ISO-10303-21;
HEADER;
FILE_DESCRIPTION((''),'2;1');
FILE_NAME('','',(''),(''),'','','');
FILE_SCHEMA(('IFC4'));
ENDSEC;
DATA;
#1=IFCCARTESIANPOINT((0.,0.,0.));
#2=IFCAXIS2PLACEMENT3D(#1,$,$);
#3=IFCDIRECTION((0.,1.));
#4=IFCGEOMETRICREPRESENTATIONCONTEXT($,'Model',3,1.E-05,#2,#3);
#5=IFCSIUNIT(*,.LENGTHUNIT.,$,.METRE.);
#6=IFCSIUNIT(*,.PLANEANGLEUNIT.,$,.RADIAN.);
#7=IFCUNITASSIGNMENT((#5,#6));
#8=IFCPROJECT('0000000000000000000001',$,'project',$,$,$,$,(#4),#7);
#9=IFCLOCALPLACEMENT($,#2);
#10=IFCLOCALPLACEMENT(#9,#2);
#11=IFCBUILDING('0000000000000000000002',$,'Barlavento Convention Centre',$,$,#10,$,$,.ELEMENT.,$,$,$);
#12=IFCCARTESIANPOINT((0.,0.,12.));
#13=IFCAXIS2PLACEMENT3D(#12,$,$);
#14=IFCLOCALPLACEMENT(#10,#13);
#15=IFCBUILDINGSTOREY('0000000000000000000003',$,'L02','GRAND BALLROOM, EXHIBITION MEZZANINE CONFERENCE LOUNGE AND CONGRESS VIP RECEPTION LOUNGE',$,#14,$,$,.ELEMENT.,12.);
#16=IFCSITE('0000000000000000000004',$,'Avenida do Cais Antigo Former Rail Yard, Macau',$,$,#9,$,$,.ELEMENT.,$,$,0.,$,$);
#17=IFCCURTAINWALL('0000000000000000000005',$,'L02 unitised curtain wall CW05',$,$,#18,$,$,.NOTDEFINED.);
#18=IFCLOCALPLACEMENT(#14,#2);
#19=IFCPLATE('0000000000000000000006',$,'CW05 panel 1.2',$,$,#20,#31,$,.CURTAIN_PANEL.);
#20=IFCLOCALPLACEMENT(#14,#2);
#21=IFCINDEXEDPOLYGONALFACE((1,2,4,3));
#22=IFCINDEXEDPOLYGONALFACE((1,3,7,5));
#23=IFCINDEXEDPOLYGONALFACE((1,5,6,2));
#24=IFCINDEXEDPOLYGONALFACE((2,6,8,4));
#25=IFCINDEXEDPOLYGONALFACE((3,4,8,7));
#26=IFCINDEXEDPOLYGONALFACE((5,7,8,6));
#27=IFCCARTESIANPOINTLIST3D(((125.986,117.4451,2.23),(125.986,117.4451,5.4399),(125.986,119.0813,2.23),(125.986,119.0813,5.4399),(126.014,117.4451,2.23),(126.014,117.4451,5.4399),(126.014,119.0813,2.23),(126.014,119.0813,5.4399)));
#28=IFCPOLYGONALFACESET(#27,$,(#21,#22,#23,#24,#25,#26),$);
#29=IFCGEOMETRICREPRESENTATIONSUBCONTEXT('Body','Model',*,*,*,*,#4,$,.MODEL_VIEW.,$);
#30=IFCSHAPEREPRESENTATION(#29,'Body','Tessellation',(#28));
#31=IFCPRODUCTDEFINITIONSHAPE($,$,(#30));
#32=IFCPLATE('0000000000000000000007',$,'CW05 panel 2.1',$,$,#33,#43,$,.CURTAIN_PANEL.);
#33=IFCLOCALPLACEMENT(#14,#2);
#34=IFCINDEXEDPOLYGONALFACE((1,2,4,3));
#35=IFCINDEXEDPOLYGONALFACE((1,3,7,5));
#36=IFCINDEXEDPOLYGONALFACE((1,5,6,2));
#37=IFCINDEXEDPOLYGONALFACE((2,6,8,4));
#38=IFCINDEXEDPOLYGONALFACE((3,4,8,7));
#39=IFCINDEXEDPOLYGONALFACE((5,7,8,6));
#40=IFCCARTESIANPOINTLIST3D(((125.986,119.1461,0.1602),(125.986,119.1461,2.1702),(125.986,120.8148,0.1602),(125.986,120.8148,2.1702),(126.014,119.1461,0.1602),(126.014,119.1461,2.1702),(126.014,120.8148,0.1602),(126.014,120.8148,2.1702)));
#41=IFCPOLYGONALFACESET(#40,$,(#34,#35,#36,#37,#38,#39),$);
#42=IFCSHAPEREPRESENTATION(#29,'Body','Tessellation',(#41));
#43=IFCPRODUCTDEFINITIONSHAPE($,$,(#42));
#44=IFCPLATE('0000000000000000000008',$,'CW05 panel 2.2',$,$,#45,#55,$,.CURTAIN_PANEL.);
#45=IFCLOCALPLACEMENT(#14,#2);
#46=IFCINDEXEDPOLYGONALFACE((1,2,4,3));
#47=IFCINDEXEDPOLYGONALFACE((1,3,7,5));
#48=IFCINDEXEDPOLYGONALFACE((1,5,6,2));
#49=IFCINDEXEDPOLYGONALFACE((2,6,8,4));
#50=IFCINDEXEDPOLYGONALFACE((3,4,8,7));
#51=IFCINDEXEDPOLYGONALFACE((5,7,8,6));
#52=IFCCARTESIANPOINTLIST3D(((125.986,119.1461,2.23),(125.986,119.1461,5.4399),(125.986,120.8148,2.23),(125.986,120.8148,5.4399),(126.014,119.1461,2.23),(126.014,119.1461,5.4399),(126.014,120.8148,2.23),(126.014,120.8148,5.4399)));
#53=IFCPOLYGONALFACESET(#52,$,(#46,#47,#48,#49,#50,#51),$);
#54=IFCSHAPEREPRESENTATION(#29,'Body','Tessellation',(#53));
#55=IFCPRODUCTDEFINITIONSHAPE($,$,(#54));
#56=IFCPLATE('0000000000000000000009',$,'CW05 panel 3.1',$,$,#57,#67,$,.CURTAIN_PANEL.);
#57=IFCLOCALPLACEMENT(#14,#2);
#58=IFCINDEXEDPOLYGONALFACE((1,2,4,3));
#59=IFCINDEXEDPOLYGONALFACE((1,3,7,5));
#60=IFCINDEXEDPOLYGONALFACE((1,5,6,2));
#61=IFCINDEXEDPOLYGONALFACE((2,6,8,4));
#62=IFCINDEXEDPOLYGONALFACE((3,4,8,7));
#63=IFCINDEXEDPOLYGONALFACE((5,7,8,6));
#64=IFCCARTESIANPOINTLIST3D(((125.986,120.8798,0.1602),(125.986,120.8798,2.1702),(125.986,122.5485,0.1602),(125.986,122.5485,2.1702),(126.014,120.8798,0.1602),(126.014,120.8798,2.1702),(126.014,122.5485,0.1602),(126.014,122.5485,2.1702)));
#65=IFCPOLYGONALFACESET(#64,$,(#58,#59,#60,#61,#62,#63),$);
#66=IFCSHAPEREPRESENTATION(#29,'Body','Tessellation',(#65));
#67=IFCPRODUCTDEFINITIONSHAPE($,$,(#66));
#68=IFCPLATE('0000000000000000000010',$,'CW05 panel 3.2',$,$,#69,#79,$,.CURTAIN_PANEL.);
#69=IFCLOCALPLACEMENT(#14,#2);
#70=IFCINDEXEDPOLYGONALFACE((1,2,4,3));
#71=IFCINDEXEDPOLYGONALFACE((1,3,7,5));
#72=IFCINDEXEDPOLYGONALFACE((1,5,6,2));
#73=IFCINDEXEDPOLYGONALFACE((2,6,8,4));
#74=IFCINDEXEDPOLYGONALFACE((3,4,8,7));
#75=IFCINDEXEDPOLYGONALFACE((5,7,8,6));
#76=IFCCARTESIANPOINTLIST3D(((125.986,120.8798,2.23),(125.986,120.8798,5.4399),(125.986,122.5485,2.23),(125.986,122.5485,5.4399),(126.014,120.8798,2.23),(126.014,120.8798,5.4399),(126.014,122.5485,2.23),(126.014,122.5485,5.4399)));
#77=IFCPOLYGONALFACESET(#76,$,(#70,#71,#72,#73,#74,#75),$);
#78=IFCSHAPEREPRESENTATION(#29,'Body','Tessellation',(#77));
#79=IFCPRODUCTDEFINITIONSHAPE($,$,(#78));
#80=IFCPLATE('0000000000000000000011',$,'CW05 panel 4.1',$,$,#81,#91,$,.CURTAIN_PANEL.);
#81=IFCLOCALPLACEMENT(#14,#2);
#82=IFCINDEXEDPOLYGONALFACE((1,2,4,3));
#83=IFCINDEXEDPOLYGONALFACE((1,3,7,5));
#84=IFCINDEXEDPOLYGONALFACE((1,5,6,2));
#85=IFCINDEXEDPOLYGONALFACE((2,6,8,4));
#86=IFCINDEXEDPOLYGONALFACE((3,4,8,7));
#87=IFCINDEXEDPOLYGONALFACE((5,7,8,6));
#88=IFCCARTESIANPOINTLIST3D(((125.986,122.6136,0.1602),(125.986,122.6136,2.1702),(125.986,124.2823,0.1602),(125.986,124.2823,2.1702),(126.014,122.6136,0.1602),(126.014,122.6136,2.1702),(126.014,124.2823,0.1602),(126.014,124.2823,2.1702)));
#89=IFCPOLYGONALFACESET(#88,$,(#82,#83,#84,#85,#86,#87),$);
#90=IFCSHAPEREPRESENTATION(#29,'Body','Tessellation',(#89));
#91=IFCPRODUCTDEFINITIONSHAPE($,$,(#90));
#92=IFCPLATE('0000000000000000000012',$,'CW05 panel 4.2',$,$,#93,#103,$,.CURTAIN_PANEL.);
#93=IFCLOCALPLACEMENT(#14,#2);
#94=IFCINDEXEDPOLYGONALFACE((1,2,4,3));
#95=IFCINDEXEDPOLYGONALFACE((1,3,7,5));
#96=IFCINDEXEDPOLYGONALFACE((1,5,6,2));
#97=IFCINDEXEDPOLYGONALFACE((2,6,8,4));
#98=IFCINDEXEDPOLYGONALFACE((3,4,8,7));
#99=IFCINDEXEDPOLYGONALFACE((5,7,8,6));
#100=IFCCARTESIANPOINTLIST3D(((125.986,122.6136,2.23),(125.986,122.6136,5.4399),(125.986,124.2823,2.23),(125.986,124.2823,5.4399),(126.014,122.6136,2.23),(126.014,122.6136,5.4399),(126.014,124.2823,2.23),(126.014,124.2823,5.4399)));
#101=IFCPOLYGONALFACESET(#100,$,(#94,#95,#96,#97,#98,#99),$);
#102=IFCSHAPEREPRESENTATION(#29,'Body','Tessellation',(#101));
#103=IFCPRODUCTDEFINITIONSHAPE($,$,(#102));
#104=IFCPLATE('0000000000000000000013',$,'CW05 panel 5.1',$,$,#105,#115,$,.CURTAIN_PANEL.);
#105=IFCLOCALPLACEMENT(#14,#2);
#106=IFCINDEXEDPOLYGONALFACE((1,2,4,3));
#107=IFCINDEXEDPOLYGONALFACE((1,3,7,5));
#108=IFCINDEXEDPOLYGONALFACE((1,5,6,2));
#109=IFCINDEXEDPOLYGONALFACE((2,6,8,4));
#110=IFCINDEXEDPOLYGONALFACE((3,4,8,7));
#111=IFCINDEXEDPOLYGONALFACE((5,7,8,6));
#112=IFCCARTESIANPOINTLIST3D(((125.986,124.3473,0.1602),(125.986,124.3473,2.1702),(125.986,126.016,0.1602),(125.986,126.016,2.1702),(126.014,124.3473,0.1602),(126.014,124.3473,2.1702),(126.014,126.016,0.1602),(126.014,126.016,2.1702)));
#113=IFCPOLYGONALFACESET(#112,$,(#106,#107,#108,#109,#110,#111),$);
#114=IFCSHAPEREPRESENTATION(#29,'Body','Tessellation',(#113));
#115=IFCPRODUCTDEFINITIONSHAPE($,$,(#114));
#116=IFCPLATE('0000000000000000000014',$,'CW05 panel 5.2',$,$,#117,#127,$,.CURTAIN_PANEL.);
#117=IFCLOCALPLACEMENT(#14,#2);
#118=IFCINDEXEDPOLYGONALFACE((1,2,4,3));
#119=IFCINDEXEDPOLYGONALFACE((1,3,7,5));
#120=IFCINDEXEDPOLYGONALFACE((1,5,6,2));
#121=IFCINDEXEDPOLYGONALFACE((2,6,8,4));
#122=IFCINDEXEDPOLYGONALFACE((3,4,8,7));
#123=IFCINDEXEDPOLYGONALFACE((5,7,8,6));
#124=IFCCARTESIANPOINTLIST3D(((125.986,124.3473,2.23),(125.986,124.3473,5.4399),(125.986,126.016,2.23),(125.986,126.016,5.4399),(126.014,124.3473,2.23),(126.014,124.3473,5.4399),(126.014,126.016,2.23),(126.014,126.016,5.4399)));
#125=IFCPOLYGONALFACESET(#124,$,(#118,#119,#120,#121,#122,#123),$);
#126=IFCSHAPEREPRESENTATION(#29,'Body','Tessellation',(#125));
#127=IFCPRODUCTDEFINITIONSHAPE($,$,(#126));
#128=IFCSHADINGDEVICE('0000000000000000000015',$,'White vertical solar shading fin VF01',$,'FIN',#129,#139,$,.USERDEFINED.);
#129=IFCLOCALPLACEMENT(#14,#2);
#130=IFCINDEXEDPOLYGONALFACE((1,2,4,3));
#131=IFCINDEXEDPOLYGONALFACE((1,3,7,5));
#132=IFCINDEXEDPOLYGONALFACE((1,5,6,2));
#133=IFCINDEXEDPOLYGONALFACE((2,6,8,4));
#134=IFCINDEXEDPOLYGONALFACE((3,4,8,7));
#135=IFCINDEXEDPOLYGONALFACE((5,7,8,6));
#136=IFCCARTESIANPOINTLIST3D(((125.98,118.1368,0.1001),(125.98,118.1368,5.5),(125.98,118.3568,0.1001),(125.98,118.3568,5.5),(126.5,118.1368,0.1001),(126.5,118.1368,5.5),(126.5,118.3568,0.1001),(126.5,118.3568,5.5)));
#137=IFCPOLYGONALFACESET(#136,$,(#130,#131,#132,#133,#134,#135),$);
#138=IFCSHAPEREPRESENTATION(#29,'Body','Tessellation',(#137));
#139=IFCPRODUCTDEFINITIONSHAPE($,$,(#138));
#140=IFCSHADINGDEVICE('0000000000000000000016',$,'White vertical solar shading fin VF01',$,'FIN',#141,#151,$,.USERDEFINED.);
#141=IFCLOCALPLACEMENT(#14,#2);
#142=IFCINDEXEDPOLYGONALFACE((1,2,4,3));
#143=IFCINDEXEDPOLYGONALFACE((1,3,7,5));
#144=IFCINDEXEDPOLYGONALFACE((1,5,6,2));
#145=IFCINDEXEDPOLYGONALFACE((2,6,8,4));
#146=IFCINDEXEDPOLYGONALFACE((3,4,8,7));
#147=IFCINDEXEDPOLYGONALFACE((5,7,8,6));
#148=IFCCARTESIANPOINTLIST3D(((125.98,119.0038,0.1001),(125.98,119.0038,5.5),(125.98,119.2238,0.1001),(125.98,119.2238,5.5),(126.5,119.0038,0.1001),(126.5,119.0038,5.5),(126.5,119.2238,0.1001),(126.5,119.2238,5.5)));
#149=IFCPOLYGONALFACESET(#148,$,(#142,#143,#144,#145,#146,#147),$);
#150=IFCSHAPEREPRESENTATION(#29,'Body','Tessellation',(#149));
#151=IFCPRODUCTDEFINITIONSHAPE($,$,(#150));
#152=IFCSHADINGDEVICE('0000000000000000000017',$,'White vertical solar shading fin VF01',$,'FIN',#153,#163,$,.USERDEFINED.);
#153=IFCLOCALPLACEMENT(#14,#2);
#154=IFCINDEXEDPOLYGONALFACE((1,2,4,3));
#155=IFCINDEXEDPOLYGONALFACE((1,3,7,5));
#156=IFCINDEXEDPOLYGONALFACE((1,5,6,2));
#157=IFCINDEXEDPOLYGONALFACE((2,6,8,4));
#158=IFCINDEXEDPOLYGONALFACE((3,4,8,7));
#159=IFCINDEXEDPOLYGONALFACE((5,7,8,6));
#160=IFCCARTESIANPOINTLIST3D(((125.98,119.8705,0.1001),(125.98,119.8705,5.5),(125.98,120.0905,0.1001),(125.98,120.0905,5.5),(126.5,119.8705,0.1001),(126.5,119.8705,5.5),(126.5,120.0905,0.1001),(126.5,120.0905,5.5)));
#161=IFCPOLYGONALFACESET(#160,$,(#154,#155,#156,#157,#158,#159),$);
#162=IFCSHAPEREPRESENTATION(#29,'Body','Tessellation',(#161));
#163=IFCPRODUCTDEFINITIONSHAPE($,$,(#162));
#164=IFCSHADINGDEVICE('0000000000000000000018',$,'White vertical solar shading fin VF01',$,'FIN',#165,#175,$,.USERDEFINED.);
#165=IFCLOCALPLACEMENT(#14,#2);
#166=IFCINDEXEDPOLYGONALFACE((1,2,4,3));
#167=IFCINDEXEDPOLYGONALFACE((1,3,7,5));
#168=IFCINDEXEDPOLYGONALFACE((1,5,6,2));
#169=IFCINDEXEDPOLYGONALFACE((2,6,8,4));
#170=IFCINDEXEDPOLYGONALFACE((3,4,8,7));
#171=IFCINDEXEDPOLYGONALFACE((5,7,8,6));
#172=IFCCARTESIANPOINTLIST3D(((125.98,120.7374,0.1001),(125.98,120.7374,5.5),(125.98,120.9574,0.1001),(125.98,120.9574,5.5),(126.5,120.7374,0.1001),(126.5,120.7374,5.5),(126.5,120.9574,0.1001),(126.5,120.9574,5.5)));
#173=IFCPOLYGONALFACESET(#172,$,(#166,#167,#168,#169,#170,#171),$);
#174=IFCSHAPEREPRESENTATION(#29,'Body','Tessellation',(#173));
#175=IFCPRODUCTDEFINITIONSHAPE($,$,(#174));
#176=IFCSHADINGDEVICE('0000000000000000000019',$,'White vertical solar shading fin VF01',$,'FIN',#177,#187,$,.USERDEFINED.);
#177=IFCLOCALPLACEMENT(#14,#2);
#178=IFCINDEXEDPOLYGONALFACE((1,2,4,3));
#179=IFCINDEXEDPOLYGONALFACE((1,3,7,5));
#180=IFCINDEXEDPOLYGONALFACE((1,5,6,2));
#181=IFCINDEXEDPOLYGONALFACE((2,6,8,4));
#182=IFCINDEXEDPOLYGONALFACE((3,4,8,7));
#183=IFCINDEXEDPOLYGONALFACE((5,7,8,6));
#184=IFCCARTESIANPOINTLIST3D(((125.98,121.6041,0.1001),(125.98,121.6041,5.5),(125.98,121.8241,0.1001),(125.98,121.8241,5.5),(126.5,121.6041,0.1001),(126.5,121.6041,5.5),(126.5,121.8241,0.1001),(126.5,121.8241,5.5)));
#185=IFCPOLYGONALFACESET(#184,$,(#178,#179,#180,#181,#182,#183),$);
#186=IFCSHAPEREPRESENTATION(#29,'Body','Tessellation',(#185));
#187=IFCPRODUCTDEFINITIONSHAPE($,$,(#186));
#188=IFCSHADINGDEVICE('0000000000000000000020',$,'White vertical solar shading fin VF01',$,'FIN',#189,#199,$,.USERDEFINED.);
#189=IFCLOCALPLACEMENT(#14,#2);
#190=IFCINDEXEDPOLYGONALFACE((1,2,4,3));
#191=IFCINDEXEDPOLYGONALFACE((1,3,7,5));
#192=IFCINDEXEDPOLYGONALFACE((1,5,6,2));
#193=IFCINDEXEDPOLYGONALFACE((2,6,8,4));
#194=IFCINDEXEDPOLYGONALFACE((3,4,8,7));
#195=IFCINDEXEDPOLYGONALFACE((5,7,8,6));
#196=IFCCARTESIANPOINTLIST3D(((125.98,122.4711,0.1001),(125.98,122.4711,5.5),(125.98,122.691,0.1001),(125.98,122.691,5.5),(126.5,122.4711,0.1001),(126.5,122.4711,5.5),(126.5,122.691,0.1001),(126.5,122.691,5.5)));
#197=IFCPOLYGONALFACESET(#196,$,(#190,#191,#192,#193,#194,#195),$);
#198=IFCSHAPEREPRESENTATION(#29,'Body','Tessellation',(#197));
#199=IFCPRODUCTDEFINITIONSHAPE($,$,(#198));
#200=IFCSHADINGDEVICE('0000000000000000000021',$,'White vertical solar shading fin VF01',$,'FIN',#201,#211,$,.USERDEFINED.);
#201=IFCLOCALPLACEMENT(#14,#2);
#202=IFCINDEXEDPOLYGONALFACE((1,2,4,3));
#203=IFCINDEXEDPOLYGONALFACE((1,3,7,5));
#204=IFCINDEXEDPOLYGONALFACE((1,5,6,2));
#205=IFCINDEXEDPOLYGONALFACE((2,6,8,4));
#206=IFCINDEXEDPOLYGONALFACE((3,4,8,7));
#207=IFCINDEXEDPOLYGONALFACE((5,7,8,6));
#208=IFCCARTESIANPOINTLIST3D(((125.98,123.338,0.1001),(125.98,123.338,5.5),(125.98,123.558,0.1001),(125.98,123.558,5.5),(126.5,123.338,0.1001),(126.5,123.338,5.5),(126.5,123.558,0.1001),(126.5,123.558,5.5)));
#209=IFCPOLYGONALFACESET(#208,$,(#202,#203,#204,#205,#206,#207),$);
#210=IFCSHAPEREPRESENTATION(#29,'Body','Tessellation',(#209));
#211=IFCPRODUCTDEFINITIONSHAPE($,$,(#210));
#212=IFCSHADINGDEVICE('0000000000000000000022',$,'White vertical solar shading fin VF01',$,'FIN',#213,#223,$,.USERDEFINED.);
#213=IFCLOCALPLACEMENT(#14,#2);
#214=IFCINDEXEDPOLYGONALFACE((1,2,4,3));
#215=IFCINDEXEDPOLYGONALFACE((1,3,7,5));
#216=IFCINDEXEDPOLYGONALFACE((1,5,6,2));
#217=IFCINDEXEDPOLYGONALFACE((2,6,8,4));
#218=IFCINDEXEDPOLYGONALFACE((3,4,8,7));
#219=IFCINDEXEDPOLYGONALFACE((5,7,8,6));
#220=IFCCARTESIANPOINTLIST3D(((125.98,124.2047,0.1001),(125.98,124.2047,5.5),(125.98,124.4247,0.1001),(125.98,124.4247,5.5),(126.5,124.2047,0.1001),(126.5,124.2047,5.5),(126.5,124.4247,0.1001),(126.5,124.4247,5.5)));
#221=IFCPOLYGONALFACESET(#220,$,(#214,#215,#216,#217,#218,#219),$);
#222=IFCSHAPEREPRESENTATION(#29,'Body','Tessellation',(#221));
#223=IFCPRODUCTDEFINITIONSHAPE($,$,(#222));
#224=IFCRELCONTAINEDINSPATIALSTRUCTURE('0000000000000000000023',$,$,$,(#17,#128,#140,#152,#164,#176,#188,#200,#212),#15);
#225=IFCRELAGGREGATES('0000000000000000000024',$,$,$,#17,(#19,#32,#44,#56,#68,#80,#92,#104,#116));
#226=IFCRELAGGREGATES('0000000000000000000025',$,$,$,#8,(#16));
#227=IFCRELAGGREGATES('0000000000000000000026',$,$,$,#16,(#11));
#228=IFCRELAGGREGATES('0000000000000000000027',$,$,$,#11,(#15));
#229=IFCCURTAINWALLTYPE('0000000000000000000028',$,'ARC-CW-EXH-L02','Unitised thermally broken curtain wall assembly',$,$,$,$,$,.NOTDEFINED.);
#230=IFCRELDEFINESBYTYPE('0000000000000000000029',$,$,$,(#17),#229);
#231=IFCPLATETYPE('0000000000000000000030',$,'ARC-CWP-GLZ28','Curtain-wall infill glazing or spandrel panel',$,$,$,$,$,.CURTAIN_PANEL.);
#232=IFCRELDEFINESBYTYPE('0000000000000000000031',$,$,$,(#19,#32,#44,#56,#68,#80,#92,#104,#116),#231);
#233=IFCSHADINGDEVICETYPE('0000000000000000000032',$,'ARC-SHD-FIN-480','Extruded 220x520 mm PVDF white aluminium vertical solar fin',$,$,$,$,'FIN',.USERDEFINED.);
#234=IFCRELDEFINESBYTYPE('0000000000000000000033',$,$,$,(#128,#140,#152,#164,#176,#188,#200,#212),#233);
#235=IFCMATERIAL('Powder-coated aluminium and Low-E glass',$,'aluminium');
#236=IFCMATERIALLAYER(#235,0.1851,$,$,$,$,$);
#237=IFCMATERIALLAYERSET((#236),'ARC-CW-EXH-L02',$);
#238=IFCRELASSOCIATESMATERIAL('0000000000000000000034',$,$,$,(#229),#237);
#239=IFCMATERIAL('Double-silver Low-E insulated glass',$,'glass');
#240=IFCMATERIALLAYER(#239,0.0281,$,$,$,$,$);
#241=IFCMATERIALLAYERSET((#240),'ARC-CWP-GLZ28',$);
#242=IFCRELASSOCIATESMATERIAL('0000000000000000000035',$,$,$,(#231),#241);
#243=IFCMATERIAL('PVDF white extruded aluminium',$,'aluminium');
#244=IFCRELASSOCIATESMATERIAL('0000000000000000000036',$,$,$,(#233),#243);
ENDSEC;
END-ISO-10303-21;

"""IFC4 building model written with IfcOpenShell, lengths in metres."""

from ifc_helpers import new_model, si_unit, direction, frame, origin, origin_2d, place, context, subcontext, project, spatial, rectangle, extrude, material, layer, layer_set, type_object, element, aggregate, save


model = new_model("IFC4")

# Units and contexts
model_context = context("Model", 3, precision=1e-05, world=origin(), true_north=direction((0.0, 1.0)))
body_context = subcontext(model_context, "Body", "Model", "MODEL_VIEW")
ifc_project = project(units=[si_unit("LENGTHUNIT", "METRE"), si_unit("PLANEANGLEUNIT", "RADIAN")], contexts=[model_context])

# Site, building, storey
site_placement = place(None, origin())
site = spatial("IfcSite", under=ifc_project, at=site_placement, Name="Avenida do Cais Antigo Former Rail Yard, Macau", CompositionType="ELEMENT", RefElevation=0.0)
building_placement = place(site_placement, origin())
building = spatial("IfcBuilding", under=site, at=building_placement, Name="Barlavento Convention Centre", CompositionType="ELEMENT")
storey_placement = place(building_placement, frame((0.0, 0.0, 12.0)))
storey = spatial("IfcBuildingStorey", under=building, at=storey_placement, Name="L02", Description="GRAND BALLROOM, EXHIBITION MEZZANINE CONFERENCE LOUNGE AND CONGRESS VIP RECEPTION LOUNGE", CompositionType="ELEMENT", Elevation=12.0)

# Curtain wall, plates
ifc_material_1 = material(Name="Powder-coated aluminium and Low-E glass", Category="aluminium")
ifc_layer_1 = layer(ifc_material_1, 0.1851)
ifc_layer_set_1 = layer_set([ifc_layer_1], Name="ARC-CW-EXH-L02")
curtain_wall_type = type_object("IfcCurtainWallType", Name="ARC-CW-EXH-L02", Description="Unitised thermally broken curtain wall assembly", PredefinedType="NOTDEFINED", material=ifc_layer_set_1)
curtain_wall_placement = place(storey_placement, origin())
curtain_wall = element("IfcCurtainWall", 1, at=curtain_wall_placement, inside=storey, type_object=curtain_wall_type, Name="L02 unitised curtain wall CW05", PredefinedType="NOTDEFINED")
ifc_material_2 = material(Name="Double-silver Low-E insulated glass", Category="glass")
ifc_layer_2 = layer(ifc_material_2, 0.0281)
ifc_layer_set_2 = layer_set([ifc_layer_2], Name="ARC-CWP-GLZ28")
plate_type = type_object("IfcPlateType", Name="ARC-CWP-GLZ28", Description="Curtain-wall infill glazing or spandrel panel", PredefinedType="CURTAIN_PANEL", material=ifc_layer_set_2)
plate_1_placement = place(storey_placement, frame((126.0, 118.2632, 2.23), z_axis=(0.0, 0.0, 1.0), x_axis=(0.0, 1.0, 0.0)))
plate_1 = element("IfcPlate", 2, at=plate_1_placement, type_object=plate_type, Name="CW05 panel 1.2", PredefinedType="CURTAIN_PANEL", context=body_context, shape_type="SweptSolid", body=[
    extrude(rectangle(XDim=1.6362, YDim=0.0281, at=origin_2d()), origin(), (0.0, 0.0, 1.0), 3.21),
])
plate_2_placement = place(storey_placement, frame((126.0, 119.9805, 0.1602), z_axis=(0.0, 0.0, 1.0), x_axis=(0.0, 1.0, 0.0)))
plate_2 = element("IfcPlate", 3, at=plate_2_placement, type_object=plate_type, Name="CW05 panel 2.1", PredefinedType="CURTAIN_PANEL", context=body_context, shape_type="SweptSolid", body=[
    extrude(rectangle(XDim=1.6687, YDim=0.0281, at=origin_2d()), origin(), (0.0, 0.0, 1.0), 2.01),
])
plate_3_placement = place(storey_placement, frame((126.0, 119.9805, 2.23), z_axis=(0.0, 0.0, 1.0), x_axis=(0.0, 1.0, 0.0)))
plate_3 = element("IfcPlate", 4, at=plate_3_placement, type_object=plate_type, Name="CW05 panel 2.2", PredefinedType="CURTAIN_PANEL", context=body_context, shape_type="SweptSolid", body=[
    extrude(rectangle(XDim=1.6687, YDim=0.0281, at=origin_2d()), origin(), (0.0, 0.0, 1.0), 3.21),
])
plate_4_placement = place(storey_placement, frame((126.0, 121.7141, 0.1602), z_axis=(0.0, 0.0, 1.0), x_axis=(0.0, 1.0, 0.0)))
plate_4 = element("IfcPlate", 5, at=plate_4_placement, type_object=plate_type, Name="CW05 panel 3.1", PredefinedType="CURTAIN_PANEL", context=body_context, shape_type="SweptSolid", body=[
    extrude(rectangle(XDim=1.6687, YDim=0.0281, at=origin_2d()), origin(), (0.0, 0.0, 1.0), 2.01),
])
plate_5_placement = place(storey_placement, frame((126.0, 121.7141, 2.23), z_axis=(0.0, 0.0, 1.0), x_axis=(0.0, 1.0, 0.0)))
plate_5 = element("IfcPlate", 6, at=plate_5_placement, type_object=plate_type, Name="CW05 panel 3.2", PredefinedType="CURTAIN_PANEL", context=body_context, shape_type="SweptSolid", body=[
    extrude(rectangle(XDim=1.6687, YDim=0.0281, at=origin_2d()), origin(), (0.0, 0.0, 1.0), 3.21),
])
plate_6_placement = place(storey_placement, frame((126.0, 123.448, 0.1602), z_axis=(0.0, 0.0, 1.0), x_axis=(0.0, 1.0, 0.0)))
plate_6 = element("IfcPlate", 7, at=plate_6_placement, type_object=plate_type, Name="CW05 panel 4.1", PredefinedType="CURTAIN_PANEL", context=body_context, shape_type="SweptSolid", body=[
    extrude(rectangle(XDim=1.6687, YDim=0.0281, at=origin_2d()), origin(), (0.0, 0.0, 1.0), 2.01),
])
plate_7_placement = place(storey_placement, frame((126.0, 123.448, 2.23), z_axis=(0.0, 0.0, 1.0), x_axis=(0.0, 1.0, 0.0)))
plate_7 = element("IfcPlate", 8, at=plate_7_placement, type_object=plate_type, Name="CW05 panel 4.2", PredefinedType="CURTAIN_PANEL", context=body_context, shape_type="SweptSolid", body=[
    extrude(rectangle(XDim=1.6687, YDim=0.0281, at=origin_2d()), origin(), (0.0, 0.0, 1.0), 3.21),
])
plate_8_placement = place(storey_placement, frame((126.0, 125.1816, 0.1602), z_axis=(0.0, 0.0, 1.0), x_axis=(0.0, 1.0, 0.0)))
plate_8 = element("IfcPlate", 9, at=plate_8_placement, type_object=plate_type, Name="CW05 panel 5.1", PredefinedType="CURTAIN_PANEL", context=body_context, shape_type="SweptSolid", body=[
    extrude(rectangle(XDim=1.6687, YDim=0.0281, at=origin_2d()), origin(), (0.0, 0.0, 1.0), 2.01),
])
plate_9_placement = place(storey_placement, frame((126.0, 125.1816, 2.23), z_axis=(0.0, 0.0, 1.0), x_axis=(0.0, 1.0, 0.0)))
plate_9 = element("IfcPlate", 10, at=plate_9_placement, type_object=plate_type, Name="CW05 panel 5.2", PredefinedType="CURTAIN_PANEL", context=body_context, shape_type="SweptSolid", body=[
    extrude(rectangle(XDim=1.6687, YDim=0.0281, at=origin_2d()), origin(), (0.0, 0.0, 1.0), 3.21),
])
aggregate(curtain_wall, [plate_1, plate_2, plate_3, plate_4, plate_5, plate_6, plate_7, plate_8, plate_9])

# Shading devices
ifc_material_3 = material(Name="PVDF white extruded aluminium", Category="aluminium")
shading_device_type = type_object("IfcShadingDeviceType", Name="ARC-SHD-FIN-480", Description="Extruded 220x520 mm PVDF white aluminium vertical solar fin", ElementType="FIN", PredefinedType="USERDEFINED", material=ifc_material_3)
for number, where, z_axis, x_axis, name in (
    (11, (126.24, 118.2468, 0.1001), (0.0, 0.0, 1.0), (0.0, 1.0, 0.0), "White vertical solar shading fin VF01"),
    (12, (126.24, 119.1138, 0.1001), (0.0, 0.0, 1.0), (0.0, 1.0, 0.0), "White vertical solar shading fin VF01"),
    (13, (126.24, 119.9805, 0.1001), (0.0, 0.0, 1.0), (0.0, 1.0, 0.0), "White vertical solar shading fin VF01"),
    (14, (126.24, 120.8474, 0.1001), (0.0, 0.0, 1.0), (0.0, 1.0, 0.0), "White vertical solar shading fin VF01"),
    (15, (126.24, 121.7141, 0.1001), (0.0, 0.0, 1.0), (0.0, 1.0, 0.0), "White vertical solar shading fin VF01"),
    (16, (126.24, 122.5811, 0.1001), (0.0, 0.0, 1.0), (0.0, 1.0, 0.0), "White vertical solar shading fin VF01"),
    (17, (126.24, 123.448, 0.1001), (0.0, 0.0, 1.0), (0.0, 1.0, 0.0), "White vertical solar shading fin VF01"),
    (18, (126.24, 124.3147, 0.1001), (0.0, 0.0, 1.0), (0.0, 1.0, 0.0), "White vertical solar shading fin VF01"),
):
    element("IfcShadingDevice", number, at=place(storey_placement, frame(where, z_axis=z_axis, x_axis=x_axis)), inside=storey, type_object=shading_device_type, Name=name, ObjectType="FIN", PredefinedType="USERDEFINED", context=body_context, shape_type="SweptSolid", body=[
        extrude(rectangle(XDim=0.22, YDim=0.52, at=origin_2d()), origin(), (0.0, 0.0, 1.0), 5.3999),
    ])

save(model, "model.ifc")
